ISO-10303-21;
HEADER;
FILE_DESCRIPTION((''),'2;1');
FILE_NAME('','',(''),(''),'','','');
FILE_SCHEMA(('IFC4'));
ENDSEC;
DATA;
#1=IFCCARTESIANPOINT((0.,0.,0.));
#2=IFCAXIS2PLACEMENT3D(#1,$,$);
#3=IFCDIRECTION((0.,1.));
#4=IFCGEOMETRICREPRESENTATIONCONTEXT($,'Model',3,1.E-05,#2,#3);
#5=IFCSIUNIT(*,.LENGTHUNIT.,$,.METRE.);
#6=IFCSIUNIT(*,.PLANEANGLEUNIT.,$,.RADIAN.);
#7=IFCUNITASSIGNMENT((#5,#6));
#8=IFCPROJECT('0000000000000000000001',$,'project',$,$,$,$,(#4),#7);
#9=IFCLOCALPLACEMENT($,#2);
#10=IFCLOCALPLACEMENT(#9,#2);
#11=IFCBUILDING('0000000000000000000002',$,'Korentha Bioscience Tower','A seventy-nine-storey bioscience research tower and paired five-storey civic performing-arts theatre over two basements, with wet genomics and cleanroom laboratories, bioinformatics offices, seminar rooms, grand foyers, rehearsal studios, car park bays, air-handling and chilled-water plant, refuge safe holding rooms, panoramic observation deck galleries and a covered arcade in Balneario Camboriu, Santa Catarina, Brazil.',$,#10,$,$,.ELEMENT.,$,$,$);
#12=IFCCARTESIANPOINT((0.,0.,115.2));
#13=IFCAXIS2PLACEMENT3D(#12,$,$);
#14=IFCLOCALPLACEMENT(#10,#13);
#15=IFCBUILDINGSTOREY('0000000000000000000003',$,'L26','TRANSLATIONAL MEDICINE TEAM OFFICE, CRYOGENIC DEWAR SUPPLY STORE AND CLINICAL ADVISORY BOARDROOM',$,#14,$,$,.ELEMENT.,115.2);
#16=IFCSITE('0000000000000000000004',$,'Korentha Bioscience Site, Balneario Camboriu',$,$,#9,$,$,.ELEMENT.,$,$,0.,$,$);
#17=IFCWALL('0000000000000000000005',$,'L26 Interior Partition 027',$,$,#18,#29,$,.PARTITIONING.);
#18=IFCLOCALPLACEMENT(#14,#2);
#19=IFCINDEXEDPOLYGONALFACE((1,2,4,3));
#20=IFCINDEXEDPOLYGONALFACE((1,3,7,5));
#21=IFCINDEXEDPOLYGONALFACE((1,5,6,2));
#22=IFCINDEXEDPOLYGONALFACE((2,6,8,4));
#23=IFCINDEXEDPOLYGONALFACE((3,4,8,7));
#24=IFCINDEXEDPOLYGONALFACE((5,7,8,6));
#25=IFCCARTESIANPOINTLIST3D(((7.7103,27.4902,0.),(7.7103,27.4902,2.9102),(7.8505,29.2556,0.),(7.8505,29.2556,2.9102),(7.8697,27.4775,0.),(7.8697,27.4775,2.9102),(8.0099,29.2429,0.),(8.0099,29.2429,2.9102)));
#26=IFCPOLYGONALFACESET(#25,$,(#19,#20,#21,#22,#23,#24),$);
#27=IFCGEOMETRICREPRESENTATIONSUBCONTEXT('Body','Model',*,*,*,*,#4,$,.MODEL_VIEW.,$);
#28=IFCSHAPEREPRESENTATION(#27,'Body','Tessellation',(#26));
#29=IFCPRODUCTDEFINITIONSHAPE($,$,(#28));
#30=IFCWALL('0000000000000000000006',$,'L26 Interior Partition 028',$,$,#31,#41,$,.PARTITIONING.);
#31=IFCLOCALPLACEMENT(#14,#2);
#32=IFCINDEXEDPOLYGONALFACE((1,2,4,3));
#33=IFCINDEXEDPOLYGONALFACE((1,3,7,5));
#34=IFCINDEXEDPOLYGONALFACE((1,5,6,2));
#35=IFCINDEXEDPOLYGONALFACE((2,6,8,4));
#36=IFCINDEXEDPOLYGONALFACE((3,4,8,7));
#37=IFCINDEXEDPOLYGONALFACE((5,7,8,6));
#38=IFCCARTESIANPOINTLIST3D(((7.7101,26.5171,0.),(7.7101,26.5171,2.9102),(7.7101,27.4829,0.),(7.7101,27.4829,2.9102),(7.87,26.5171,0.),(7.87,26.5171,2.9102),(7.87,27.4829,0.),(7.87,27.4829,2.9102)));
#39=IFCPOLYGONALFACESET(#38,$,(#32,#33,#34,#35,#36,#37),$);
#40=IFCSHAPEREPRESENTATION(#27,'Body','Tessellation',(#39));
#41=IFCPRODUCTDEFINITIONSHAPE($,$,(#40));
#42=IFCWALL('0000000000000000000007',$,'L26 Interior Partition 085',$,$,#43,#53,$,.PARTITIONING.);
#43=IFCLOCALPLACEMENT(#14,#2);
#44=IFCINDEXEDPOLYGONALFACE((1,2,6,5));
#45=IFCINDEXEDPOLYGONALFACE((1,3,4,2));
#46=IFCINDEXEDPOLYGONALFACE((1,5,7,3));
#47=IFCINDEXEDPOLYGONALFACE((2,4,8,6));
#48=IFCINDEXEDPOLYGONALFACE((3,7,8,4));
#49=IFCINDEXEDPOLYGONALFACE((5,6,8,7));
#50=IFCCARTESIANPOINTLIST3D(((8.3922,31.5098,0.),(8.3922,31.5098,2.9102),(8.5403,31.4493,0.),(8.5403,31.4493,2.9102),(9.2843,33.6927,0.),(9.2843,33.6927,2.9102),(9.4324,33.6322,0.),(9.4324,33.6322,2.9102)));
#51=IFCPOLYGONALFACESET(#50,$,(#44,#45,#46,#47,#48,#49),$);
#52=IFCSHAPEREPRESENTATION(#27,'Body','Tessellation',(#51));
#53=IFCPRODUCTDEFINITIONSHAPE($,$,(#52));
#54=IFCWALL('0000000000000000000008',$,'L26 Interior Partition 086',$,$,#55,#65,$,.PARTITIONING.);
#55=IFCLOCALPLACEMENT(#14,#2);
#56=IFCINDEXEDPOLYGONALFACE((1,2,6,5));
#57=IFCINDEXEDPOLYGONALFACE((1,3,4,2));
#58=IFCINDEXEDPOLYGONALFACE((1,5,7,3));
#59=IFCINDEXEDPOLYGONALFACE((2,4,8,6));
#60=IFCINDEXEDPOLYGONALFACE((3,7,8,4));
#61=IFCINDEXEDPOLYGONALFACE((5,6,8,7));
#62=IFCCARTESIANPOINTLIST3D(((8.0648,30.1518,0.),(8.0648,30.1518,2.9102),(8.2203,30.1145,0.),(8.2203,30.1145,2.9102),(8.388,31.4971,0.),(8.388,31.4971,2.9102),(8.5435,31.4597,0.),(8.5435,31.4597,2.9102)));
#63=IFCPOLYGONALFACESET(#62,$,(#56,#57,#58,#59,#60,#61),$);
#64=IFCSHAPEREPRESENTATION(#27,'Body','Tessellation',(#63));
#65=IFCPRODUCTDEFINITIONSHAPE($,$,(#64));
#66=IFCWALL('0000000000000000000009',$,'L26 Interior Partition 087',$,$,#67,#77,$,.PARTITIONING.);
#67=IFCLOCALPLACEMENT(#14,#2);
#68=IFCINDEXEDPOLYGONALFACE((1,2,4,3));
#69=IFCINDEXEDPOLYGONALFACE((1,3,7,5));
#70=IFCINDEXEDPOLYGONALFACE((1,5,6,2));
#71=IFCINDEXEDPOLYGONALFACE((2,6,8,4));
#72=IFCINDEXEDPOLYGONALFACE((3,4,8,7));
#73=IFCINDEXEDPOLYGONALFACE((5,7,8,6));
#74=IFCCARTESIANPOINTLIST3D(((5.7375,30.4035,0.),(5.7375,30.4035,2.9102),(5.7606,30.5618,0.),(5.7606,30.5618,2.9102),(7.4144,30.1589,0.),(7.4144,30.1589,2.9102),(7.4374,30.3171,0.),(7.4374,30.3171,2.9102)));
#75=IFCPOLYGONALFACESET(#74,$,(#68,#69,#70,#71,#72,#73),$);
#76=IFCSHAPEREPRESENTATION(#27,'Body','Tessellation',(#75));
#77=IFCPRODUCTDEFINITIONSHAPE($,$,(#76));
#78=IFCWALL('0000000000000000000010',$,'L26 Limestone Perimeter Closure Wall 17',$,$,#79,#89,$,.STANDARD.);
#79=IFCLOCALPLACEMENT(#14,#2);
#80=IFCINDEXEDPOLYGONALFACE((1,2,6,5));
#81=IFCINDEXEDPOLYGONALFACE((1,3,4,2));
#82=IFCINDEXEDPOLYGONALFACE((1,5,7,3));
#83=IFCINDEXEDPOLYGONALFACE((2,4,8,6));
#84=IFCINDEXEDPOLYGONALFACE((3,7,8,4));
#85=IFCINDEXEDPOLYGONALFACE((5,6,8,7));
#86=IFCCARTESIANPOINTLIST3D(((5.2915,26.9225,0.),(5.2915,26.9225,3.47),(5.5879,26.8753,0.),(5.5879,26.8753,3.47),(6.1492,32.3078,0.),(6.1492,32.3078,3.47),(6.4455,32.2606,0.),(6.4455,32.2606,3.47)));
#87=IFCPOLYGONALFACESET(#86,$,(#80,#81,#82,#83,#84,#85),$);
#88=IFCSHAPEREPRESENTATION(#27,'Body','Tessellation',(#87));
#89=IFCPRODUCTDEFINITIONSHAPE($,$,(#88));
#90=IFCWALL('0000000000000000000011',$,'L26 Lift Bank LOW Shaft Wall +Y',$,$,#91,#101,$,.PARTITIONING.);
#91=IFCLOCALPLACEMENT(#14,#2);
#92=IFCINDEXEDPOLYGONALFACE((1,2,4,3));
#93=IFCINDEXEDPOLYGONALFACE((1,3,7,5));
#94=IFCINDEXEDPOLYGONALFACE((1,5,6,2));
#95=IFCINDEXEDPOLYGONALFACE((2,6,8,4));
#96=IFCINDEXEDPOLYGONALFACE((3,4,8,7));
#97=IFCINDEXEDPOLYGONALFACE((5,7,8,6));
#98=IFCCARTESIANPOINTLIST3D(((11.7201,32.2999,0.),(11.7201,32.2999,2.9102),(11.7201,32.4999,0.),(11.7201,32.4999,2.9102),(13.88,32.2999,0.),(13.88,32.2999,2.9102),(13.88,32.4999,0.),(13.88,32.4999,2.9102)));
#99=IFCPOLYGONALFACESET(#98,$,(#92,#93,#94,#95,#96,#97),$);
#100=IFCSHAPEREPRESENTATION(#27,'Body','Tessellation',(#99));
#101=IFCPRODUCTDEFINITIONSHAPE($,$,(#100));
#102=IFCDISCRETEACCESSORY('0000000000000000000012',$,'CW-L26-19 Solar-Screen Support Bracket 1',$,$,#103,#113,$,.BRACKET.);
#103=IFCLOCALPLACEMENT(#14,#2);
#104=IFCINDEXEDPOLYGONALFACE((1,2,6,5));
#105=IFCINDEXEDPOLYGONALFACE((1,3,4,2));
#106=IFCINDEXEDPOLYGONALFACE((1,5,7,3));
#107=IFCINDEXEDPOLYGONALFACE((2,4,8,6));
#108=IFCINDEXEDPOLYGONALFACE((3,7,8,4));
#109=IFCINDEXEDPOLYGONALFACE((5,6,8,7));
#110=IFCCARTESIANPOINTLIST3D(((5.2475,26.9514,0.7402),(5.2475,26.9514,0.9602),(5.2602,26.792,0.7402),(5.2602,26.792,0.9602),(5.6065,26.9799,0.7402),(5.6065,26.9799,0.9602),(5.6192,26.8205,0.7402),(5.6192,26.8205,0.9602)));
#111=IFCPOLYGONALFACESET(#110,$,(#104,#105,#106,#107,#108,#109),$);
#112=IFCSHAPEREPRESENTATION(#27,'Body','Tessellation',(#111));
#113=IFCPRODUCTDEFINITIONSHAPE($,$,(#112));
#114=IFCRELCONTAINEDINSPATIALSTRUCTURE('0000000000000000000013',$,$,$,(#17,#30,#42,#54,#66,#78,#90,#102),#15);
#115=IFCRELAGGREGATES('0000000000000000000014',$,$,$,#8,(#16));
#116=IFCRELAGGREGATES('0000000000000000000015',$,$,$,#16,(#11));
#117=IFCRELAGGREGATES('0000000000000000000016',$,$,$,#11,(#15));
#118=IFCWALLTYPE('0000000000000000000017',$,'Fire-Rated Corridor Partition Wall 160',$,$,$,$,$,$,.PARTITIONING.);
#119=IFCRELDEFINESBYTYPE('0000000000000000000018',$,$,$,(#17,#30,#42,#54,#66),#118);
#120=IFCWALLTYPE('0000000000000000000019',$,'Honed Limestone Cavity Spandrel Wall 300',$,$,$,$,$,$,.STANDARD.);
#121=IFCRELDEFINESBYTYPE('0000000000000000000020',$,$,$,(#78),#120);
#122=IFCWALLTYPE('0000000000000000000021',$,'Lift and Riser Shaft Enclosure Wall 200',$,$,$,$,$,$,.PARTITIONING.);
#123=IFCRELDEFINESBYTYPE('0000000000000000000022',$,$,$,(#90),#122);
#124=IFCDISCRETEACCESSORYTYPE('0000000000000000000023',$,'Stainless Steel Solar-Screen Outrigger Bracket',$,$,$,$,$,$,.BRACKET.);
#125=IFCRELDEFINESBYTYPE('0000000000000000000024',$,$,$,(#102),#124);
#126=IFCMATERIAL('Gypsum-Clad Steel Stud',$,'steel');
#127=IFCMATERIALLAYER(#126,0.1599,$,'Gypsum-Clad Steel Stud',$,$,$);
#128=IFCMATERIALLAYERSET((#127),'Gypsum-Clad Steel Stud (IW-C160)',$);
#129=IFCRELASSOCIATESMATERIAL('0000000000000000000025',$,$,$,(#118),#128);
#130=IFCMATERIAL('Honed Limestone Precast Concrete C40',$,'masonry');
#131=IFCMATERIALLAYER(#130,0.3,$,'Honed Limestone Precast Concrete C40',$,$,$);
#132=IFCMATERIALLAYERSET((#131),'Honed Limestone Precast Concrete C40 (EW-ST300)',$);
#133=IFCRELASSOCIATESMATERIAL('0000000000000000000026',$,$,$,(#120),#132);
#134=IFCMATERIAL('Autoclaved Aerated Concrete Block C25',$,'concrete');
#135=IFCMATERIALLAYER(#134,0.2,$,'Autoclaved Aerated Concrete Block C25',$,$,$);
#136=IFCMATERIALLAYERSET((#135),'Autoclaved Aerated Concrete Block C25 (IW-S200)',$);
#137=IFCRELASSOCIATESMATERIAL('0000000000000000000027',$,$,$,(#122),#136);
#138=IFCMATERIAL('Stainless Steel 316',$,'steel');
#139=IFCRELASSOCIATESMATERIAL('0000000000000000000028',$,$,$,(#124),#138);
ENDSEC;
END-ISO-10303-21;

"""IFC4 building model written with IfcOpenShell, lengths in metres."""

from ifc_helpers import new_model, si_unit, direction, frame, frame_2d, origin, origin_2d, place, context, subcontext, project, spatial, rectangle, extrude, material, layer, layer_set, type_object, element, save


model = new_model("IFC4")

# Units and contexts
model_context = context("Model", 3, precision=1e-05, world=origin(), true_north=direction((0.0, 1.0)))
body_context = subcontext(model_context, "Body", "Model", "MODEL_VIEW")
ifc_project = project(units=[si_unit("LENGTHUNIT", "METRE"), si_unit("PLANEANGLEUNIT", "RADIAN")], contexts=[model_context])

# Site, building, storey
site_placement = place(None, origin())
site = spatial("IfcSite", under=ifc_project, at=site_placement, Name="Korentha Bioscience Site, Balneario Camboriu", CompositionType="ELEMENT", RefElevation=0.0)
building_placement = place(site_placement, origin())
building = spatial("IfcBuilding", under=site, at=building_placement, Name="Korentha Bioscience Tower", Description="A seventy-nine-storey bioscience research tower and paired five-storey civic performing-arts theatre over two basements, with wet genomics and cleanroom laboratories, bioinformatics offices, seminar rooms, grand foyers, rehearsal studios, car park bays, air-handling and chilled-water plant, refuge safe holding rooms, panoramic observation deck galleries and a covered arcade in Balneario Camboriu, Santa Catarina, Brazil.", CompositionType="ELEMENT")
storey_placement = place(building_placement, frame((0.0, 0.0, 115.2)))
storey = spatial("IfcBuildingStorey", under=building, at=storey_placement, Name="L26", Description="TRANSLATIONAL MEDICINE TEAM OFFICE, CRYOGENIC DEWAR SUPPLY STORE AND CLINICAL ADVISORY BOARDROOM", CompositionType="ELEMENT", Elevation=115.2)

# Walls
ifc_material_1 = material(Name="Gypsum-Clad Steel Stud", Category="steel")
ifc_layer_1 = layer(ifc_material_1, 0.1599, Name="Gypsum-Clad Steel Stud")
ifc_layer_set_1 = layer_set([ifc_layer_1], Name="Gypsum-Clad Steel Stud (IW-C160)")
wall_type_1 = type_object("IfcWallType", Name="Fire-Rated Corridor Partition Wall 160", PredefinedType="PARTITIONING", material=ifc_layer_set_1)
wall_1_placement = place(storey_placement, frame((7.9302, 29.2493, 0.0), z_axis=(0.0, 0.0, 1.0), x_axis=(-0.079132, -0.996864, 0.0)))
element("IfcWall", 1, at=wall_1_placement, inside=storey, type_object=wall_type_1, Name="L26 Interior Partition 027", PredefinedType="PARTITIONING", context=body_context, shape_type="SweptSolid", body=[
    extrude(rectangle(XDim=1.771, YDim=0.1599, at=frame_2d((0.8855, 0.0))), origin(), (0.0, 0.0, 1.0), 2.9102),
])
wall_2_placement = place(storey_placement, frame((7.79, 27.4829, 0.0), z_axis=(0.0, 0.0, 1.0), x_axis=(0.0, -1.0, 0.0)))
element("IfcWall", 2, at=wall_2_placement, inside=storey, type_object=wall_type_1, Name="L26 Interior Partition 028", PredefinedType="PARTITIONING", context=body_context, shape_type="SweptSolid", body=[
    extrude(rectangle(XDim=0.9658, YDim=0.1599, at=frame_2d((0.4829, 0.0))), origin(), (0.0, 0.0, 1.0), 2.9102),
])
wall_3_placement = place(storey_placement, frame((9.3584, 33.6626, 0.0), z_axis=(0.0, 0.0, 1.0), x_axis=(-0.378306, -0.92568, 0.0)))
element("IfcWall", 3, at=wall_3_placement, inside=storey, type_object=wall_type_1, Name="L26 Interior Partition 085", PredefinedType="PARTITIONING", context=body_context, shape_type="SweptSolid", body=[
    extrude(rectangle(XDim=2.3582, YDim=0.1599, at=frame_2d((1.1792, 0.0))), origin(), (0.0, 0.0, 1.0), 2.9102),
])
wall_4_placement = place(storey_placement, frame((8.4658, 31.4785, 0.0), z_axis=(0.0, 0.0, 1.0), x_axis=(-0.23364, -0.972323, 0.0)))
element("IfcWall", 4, at=wall_4_placement, inside=storey, type_object=wall_type_1, Name="L26 Interior Partition 086", PredefinedType="PARTITIONING", context=body_context, shape_type="SweptSolid", body=[
    extrude(rectangle(XDim=1.3835, YDim=0.1599, at=frame_2d((0.6919, 0.0))), origin(), (0.0, 0.0, 1.0), 2.9102),
])
wall_5_placement = place(storey_placement, frame((7.4258, 30.238, 0.0), z_axis=(0.0, 0.0, 1.0), x_axis=(-0.989524, 0.144366, 0.0)))
element("IfcWall", 5, at=wall_5_placement, inside=storey, type_object=wall_type_1, Name="L26 Interior Partition 087", PredefinedType="PARTITIONING", context=body_context, shape_type="SweptSolid", body=[
    extrude(rectangle(XDim=1.6946, YDim=0.1599, at=frame_2d((0.8472, 0.0))), origin(), (0.0, 0.0, 1.0), 2.9102),
])
ifc_material_2 = material(Name="Honed Limestone Precast Concrete C40", Category="masonry")
ifc_layer_2 = layer(ifc_material_2, 0.3, Name="Honed Limestone Precast Concrete C40")
ifc_layer_set_2 = layer_set([ifc_layer_2], Name="Honed Limestone Precast Concrete C40 (EW-ST300)")
wall_type_2 = type_object("IfcWallType", Name="Honed Limestone Cavity Spandrel Wall 300", PredefinedType="STANDARD", material=ifc_layer_set_2)
wall_6_placement = place(storey_placement, frame((6.2974, 32.2842, 0.0), z_axis=(0.0, 0.0, 1.0), x_axis=(-0.15728, -0.987554, 0.0)))
element("IfcWall", 6, at=wall_6_placement, inside=storey, type_object=wall_type_2, Name="L26 Limestone Perimeter Closure Wall 17", PredefinedType="STANDARD", context=body_context, shape_type="SweptSolid", body=[
    extrude(rectangle(XDim=5.4531, YDim=0.3, at=frame_2d((2.7266, 0.0))), origin(), (0.0, 0.0, 1.0), 3.47),
])
ifc_material_3 = material(Name="Autoclaved Aerated Concrete Block C25", Category="concrete")
ifc_layer_3 = layer(ifc_material_3, 0.2, Name="Autoclaved Aerated Concrete Block C25")
ifc_layer_set_3 = layer_set([ifc_layer_3], Name="Autoclaved Aerated Concrete Block C25 (IW-S200)")
wall_type_3 = type_object("IfcWallType", Name="Lift and Riser Shaft Enclosure Wall 200", PredefinedType="PARTITIONING", material=ifc_layer_set_3)
wall_7_placement = place(storey_placement, frame((11.72, 32.3999, 0.0), z_axis=(0.0, 0.0, 1.0), x_axis=(1.0, 0.0, 0.0)))
element("IfcWall", 7, at=wall_7_placement, inside=storey, type_object=wall_type_3, Name="L26 Lift Bank LOW Shaft Wall +Y", PredefinedType="PARTITIONING", context=body_context, shape_type="SweptSolid", body=[
    extrude(rectangle(XDim=2.1599, YDim=0.2, at=frame_2d((1.0801, 0.0))), origin(), (0.0, 0.0, 1.0), 2.9102),
])

# Discrete accessory
ifc_material_4 = material(Name="Stainless Steel 316", Category="steel")
discrete_accessory_type = type_object("IfcDiscreteAccessoryType", Name="Stainless Steel Solar-Screen Outrigger Bracket", PredefinedType="BRACKET", material=ifc_material_4)
discrete_accessory_placement = place(storey_placement, frame((5.4333, 26.886, 0.7402), z_axis=(0.0, 0.0, 1.0), x_axis=(0.07913, -0.996864, 0.0)))
element("IfcDiscreteAccessory", 8, at=discrete_accessory_placement, inside=storey, type_object=discrete_accessory_type, Name="CW-L26-19 Solar-Screen Support Bracket 1", PredefinedType="BRACKET", context=body_context, shape_type="SweptSolid", body=[
    extrude(rectangle(XDim=0.1599, YDim=0.3601, at=origin_2d()), origin(), (0.0, 0.0, 1.0), 0.22),
])

save(model, "model.ifc")
